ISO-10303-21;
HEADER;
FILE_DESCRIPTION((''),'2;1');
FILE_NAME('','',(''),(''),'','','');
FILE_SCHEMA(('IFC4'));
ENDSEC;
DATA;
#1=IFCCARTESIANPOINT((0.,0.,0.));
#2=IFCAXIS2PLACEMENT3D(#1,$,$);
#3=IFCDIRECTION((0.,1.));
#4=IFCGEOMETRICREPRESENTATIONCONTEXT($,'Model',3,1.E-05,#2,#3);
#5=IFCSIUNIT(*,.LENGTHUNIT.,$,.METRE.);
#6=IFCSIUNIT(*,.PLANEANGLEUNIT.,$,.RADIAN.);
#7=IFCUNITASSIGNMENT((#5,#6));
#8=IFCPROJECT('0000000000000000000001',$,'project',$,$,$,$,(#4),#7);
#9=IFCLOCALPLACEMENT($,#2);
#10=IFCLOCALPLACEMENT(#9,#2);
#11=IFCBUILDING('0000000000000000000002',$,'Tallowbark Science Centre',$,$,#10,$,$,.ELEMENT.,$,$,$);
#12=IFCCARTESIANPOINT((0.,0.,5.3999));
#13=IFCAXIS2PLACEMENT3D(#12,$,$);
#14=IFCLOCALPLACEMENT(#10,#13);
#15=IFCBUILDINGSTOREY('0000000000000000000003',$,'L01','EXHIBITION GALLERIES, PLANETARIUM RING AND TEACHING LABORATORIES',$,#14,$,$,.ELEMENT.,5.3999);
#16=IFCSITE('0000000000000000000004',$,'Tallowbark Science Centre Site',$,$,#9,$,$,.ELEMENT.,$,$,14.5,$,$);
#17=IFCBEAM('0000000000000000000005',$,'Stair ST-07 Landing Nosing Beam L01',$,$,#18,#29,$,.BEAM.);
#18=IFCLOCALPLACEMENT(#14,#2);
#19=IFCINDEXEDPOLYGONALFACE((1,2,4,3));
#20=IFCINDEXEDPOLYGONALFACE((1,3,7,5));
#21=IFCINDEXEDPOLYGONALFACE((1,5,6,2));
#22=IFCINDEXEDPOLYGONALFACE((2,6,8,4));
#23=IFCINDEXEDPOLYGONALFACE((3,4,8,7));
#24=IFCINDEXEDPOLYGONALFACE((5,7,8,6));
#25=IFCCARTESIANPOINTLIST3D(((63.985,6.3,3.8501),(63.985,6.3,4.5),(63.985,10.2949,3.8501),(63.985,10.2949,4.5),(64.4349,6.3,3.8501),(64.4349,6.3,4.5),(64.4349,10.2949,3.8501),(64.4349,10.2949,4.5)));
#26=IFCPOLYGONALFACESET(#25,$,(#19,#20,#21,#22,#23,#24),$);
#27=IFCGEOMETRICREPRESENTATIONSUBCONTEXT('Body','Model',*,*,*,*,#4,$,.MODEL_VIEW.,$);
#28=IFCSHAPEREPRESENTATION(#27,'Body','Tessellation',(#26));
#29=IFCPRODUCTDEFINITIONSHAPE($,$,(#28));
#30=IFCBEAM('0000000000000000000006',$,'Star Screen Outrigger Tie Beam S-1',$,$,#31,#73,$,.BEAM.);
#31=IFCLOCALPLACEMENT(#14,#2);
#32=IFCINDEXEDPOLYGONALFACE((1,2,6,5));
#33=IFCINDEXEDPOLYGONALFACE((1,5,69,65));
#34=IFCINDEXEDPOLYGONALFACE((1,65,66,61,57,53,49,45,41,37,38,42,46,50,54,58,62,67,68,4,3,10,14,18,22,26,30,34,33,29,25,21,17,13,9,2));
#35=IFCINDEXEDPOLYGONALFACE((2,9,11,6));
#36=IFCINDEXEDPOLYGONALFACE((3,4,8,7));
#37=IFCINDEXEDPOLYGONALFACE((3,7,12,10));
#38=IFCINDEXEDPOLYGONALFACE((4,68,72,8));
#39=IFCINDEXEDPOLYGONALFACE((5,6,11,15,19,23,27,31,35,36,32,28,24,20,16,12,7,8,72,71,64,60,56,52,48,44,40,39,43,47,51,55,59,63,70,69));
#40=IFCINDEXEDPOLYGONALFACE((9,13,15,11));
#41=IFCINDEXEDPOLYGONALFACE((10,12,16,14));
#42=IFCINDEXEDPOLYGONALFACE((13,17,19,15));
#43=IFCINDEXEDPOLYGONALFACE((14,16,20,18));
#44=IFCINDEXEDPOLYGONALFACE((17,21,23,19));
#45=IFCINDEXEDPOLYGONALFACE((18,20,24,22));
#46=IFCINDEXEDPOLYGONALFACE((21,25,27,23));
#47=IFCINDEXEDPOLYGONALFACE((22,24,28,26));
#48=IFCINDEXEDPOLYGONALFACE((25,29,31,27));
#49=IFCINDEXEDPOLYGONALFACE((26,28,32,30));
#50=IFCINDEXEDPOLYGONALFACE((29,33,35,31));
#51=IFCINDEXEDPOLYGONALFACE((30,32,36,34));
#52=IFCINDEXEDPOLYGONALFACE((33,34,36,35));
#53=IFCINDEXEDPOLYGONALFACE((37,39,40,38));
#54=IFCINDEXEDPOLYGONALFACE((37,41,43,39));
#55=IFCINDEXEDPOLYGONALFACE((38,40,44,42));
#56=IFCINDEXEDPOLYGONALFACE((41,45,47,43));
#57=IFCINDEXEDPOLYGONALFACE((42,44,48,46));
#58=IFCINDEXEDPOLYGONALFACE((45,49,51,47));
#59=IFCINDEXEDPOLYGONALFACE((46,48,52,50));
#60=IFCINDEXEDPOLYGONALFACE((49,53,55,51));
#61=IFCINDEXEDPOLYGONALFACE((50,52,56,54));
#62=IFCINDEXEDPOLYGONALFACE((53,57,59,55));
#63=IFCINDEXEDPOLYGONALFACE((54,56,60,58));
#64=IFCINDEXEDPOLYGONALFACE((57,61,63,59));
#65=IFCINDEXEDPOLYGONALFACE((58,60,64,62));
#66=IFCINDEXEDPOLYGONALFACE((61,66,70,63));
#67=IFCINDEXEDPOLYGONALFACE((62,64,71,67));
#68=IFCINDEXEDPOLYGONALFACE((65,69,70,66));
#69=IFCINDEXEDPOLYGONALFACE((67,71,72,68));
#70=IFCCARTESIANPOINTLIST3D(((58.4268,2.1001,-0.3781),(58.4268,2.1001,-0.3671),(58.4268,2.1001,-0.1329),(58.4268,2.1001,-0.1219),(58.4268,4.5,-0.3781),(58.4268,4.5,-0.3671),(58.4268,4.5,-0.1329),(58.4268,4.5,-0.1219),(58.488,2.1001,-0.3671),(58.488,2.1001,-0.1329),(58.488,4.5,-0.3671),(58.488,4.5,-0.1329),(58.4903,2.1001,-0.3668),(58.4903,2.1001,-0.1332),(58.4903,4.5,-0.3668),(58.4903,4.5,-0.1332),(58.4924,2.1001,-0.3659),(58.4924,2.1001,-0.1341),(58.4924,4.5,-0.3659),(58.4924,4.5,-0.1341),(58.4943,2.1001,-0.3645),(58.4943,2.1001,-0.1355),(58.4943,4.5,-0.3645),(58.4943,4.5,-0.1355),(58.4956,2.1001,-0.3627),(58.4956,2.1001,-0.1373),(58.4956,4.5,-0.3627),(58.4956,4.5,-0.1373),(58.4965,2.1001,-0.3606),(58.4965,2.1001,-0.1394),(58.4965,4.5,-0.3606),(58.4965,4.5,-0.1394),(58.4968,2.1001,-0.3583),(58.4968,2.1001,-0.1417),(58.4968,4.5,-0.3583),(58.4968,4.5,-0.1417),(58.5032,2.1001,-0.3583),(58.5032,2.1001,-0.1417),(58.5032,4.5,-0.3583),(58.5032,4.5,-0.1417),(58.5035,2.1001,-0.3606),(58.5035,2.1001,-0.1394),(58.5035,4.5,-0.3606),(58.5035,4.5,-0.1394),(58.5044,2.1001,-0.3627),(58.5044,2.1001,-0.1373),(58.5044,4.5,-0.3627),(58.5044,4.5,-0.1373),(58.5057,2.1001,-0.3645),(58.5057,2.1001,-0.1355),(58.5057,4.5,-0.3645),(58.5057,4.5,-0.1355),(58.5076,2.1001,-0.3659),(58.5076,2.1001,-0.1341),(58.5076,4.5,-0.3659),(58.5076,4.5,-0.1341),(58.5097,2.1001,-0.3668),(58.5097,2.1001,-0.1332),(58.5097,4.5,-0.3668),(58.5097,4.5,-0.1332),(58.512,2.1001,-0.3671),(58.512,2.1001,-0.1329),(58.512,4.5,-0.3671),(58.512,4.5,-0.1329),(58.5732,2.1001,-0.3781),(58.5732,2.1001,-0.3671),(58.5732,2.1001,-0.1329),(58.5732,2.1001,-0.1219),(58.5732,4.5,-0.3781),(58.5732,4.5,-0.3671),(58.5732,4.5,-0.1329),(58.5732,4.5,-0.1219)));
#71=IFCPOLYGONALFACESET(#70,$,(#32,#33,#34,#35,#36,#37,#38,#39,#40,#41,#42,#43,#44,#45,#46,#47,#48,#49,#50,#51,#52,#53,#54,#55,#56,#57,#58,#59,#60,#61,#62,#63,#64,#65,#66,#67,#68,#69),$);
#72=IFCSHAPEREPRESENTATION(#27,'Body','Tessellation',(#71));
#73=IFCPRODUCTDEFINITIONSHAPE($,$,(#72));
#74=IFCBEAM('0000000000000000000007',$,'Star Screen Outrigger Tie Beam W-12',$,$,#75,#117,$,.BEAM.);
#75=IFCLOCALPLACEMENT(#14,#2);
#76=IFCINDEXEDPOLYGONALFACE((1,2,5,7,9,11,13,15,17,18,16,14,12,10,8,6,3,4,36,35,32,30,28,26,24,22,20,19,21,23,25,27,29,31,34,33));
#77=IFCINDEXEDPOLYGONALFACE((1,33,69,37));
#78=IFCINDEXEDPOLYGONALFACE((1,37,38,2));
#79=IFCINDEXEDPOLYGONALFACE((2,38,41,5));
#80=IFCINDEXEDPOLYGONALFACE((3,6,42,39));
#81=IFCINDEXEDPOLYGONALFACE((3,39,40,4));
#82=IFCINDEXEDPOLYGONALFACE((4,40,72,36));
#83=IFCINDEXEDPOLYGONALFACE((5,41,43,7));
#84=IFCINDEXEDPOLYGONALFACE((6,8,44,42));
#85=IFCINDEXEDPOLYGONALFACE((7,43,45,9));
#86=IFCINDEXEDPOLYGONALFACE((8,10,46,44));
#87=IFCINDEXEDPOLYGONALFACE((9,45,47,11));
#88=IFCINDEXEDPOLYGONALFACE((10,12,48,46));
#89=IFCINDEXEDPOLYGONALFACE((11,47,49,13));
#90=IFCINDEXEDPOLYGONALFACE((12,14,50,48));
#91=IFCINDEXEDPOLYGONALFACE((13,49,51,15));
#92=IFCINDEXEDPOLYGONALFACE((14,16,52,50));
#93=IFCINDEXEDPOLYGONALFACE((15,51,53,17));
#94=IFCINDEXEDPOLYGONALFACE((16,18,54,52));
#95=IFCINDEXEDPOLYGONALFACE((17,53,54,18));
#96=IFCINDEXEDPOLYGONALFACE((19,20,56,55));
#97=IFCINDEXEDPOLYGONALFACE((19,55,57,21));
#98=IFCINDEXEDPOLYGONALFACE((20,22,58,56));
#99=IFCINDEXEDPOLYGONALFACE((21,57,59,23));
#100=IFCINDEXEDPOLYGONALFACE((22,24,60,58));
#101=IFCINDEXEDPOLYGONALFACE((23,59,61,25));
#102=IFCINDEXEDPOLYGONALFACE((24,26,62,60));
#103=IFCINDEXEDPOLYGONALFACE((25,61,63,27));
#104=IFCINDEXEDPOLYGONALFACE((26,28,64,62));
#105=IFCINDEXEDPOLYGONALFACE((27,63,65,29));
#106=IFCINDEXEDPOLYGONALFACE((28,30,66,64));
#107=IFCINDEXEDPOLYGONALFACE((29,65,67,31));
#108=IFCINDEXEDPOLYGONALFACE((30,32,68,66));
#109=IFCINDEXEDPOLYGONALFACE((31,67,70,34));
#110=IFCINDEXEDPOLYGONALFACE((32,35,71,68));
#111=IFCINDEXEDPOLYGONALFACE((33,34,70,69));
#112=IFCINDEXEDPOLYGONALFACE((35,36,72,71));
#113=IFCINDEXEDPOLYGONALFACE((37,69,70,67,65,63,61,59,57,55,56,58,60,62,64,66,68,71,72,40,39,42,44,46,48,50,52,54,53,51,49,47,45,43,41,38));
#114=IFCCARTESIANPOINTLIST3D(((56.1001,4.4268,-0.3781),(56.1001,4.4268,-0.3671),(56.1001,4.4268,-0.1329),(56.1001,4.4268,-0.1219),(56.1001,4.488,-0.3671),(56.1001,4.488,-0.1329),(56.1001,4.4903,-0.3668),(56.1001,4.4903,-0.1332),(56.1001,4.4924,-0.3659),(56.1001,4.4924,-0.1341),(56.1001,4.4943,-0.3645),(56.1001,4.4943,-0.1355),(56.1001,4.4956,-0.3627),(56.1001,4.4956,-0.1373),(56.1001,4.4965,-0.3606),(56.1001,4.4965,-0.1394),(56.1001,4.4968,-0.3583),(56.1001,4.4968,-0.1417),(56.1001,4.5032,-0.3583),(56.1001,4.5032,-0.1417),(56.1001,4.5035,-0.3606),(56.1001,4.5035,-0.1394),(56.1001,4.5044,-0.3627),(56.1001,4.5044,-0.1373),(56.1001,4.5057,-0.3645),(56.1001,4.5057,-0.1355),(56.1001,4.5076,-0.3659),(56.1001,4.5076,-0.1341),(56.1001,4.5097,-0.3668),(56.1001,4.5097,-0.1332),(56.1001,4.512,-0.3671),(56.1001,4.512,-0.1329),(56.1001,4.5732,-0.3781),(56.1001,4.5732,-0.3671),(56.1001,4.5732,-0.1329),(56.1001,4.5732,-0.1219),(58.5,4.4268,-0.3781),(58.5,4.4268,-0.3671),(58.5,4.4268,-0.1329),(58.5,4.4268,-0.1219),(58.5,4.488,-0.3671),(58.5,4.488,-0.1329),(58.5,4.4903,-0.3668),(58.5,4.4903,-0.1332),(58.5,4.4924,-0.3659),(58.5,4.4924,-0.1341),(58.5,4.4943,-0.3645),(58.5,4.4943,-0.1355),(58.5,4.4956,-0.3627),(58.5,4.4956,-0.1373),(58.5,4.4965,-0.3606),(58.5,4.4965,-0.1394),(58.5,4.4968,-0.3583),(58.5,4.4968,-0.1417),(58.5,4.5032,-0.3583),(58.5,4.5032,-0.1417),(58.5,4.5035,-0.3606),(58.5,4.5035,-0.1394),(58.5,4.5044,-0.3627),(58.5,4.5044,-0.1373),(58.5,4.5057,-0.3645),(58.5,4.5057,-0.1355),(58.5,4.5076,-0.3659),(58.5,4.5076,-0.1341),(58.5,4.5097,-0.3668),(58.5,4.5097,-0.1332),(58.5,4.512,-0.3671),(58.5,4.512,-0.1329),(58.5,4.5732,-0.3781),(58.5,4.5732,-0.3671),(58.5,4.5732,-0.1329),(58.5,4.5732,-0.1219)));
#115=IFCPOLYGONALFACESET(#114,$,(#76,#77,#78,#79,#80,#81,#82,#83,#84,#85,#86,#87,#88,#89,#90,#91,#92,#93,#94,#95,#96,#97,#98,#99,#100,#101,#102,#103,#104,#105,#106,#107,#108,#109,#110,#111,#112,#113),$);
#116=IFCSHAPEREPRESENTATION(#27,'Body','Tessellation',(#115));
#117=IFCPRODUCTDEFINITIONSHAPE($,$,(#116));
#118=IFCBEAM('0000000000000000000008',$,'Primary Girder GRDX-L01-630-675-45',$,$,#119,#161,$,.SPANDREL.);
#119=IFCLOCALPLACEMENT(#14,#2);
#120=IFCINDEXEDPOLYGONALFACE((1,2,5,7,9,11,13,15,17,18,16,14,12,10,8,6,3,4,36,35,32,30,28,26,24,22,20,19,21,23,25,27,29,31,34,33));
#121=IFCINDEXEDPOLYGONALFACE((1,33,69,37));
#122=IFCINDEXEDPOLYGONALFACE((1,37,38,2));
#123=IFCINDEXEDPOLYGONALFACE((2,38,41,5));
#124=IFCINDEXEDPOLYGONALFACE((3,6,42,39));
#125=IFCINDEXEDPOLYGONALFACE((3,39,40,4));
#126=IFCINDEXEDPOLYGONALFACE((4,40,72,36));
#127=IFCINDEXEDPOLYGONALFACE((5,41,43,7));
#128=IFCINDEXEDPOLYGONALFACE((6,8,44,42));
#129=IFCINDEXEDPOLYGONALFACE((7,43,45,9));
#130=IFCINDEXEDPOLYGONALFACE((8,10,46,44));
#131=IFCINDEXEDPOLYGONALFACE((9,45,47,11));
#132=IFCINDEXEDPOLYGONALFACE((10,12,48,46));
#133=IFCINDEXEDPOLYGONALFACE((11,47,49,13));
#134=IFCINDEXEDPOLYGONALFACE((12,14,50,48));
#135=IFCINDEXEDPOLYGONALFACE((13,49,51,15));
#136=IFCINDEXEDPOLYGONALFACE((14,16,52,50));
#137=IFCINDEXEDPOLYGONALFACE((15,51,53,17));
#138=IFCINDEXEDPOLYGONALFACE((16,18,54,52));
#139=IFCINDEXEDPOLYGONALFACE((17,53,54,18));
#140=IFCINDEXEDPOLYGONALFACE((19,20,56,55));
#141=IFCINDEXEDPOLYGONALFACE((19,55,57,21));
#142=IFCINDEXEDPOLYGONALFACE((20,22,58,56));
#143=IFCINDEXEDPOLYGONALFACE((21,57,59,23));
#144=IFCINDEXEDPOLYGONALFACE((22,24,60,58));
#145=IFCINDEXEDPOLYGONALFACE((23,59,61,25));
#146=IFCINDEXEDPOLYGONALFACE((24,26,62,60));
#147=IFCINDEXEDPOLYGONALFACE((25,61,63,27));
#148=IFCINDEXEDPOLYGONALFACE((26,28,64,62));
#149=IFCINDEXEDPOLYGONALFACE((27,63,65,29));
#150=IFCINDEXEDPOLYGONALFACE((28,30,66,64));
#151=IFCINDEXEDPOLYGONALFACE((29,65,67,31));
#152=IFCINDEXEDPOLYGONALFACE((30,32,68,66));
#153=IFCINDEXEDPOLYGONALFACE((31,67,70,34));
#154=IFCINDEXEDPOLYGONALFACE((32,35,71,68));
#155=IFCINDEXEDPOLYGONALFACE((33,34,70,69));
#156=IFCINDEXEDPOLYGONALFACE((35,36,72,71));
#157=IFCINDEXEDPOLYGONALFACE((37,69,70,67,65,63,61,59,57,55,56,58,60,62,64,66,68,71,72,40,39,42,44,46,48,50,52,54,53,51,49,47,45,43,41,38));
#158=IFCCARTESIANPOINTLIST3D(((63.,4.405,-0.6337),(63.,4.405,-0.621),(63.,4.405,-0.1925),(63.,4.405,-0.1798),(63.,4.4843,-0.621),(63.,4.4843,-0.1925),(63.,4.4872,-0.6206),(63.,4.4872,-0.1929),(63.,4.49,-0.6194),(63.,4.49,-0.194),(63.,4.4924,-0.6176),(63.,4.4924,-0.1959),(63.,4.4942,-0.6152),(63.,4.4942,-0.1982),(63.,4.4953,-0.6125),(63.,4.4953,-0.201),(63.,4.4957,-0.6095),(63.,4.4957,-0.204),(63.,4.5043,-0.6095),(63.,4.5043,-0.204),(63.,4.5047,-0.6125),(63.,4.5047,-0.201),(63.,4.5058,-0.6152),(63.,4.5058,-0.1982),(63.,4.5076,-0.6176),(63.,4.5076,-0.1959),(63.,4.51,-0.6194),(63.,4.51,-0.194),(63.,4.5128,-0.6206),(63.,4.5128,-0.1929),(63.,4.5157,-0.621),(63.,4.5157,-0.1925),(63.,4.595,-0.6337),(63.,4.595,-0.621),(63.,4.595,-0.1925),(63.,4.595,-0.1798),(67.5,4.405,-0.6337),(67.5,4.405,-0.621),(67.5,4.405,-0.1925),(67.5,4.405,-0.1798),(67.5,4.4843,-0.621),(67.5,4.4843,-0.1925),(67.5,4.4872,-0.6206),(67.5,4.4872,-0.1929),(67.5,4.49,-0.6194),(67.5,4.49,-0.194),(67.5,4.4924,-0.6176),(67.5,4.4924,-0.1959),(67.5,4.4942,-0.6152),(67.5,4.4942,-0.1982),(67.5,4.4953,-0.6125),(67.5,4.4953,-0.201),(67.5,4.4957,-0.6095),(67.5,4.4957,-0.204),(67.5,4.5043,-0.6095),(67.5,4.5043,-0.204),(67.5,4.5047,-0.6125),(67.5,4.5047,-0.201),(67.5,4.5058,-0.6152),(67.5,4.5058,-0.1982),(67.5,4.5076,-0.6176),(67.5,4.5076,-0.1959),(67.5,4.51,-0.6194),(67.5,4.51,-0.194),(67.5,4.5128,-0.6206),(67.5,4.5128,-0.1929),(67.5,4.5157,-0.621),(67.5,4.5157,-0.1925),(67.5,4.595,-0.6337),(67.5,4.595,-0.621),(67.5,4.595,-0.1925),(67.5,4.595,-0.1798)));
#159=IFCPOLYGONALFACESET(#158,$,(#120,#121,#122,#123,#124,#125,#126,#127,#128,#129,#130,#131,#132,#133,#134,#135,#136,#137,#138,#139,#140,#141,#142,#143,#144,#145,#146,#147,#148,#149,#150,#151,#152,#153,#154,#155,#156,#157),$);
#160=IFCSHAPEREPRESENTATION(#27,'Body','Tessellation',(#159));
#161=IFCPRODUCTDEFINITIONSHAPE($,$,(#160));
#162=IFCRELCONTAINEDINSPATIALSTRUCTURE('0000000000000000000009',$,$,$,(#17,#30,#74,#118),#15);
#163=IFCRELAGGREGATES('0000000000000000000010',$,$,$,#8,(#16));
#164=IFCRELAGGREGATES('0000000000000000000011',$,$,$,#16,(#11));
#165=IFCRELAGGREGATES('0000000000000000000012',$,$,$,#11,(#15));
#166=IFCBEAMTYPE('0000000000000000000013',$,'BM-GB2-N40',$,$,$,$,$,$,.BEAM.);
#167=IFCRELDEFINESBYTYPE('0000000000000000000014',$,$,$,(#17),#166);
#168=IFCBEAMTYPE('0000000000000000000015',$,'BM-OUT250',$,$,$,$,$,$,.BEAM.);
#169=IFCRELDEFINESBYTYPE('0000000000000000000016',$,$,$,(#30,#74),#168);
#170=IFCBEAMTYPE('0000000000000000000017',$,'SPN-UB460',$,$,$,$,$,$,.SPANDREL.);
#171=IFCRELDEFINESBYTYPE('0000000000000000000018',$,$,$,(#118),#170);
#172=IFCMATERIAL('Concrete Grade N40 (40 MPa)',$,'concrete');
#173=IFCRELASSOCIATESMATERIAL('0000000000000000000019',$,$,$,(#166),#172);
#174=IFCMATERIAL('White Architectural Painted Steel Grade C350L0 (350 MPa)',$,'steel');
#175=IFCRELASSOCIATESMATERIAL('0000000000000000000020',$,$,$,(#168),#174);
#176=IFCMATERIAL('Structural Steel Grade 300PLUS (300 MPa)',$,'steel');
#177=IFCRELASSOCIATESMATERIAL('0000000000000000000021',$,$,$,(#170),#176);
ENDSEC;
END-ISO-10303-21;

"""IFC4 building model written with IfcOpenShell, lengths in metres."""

from ifc_helpers import new_model, si_unit, direction, frame, origin, origin_2d, place, context, subcontext, project, spatial, rectangle, i_section, extrude, material, material_profile, profile_set, type_object, element, save


model = new_model("IFC4")

# Units and contexts
model_context = context("Model", 3, precision=1e-05, world=origin(), true_north=direction((0.0, 1.0)))
body_context = subcontext(model_context, "Body", "Model", "MODEL_VIEW")
ifc_project = project(units=[si_unit("LENGTHUNIT", "METRE"), si_unit("PLANEANGLEUNIT", "RADIAN")], contexts=[model_context])

# Site, building, storey
site_placement = place(None, origin())
site = spatial("IfcSite", under=ifc_project, at=site_placement, Name="Tallowbark Science Centre Site", CompositionType="ELEMENT", RefElevation=14.5)
building_placement = place(site_placement, origin())
building = spatial("IfcBuilding", under=site, at=building_placement, Name="Tallowbark Science Centre", CompositionType="ELEMENT")
storey_placement = place(building_placement, frame((0.0, 0.0, 5.3999)))
storey = spatial("IfcBuildingStorey", under=building, at=storey_placement, Name="L01", Description="EXHIBITION GALLERIES, PLANETARIUM RING AND TEACHING LABORATORIES", CompositionType="ELEMENT", Elevation=5.3999)

# Shared definitions
ifc_material_1 = material(Name="Structural Steel Grade 300PLUS (300 MPa)", Category="steel")

# Beams
ifc_material_2 = material(Name="Concrete Grade N40 (40 MPa)", Category="concrete")
ifc_material_profile_1 = material_profile(ifc_material_2, rectangle(XDim=0.45, YDim=0.6499, at=origin_2d()), Name="RC450x650")
ifc_profile_set_1 = profile_set([ifc_material_profile_1], Name="Concrete Grade N40 (40 MPa)")
beam_type_1 = type_object("IfcBeamType", Name="BM-GB2-N40", PredefinedType="BEAM", material=ifc_profile_set_1)
beam_placement = place(storey_placement, frame((64.21, 6.3, 4.175), z_axis=(0.0, 1.0, 0.0), x_axis=(-1.0, 0.0, 0.0)))
element("IfcBeam", 1, at=beam_placement, inside=storey, type_object=beam_type_1, Name="Stair ST-07 Landing Nosing Beam L01", PredefinedType="BEAM", context=body_context, shape_type="SweptSolid", body=[
    extrude(rectangle(XDim=0.45, YDim=0.6499, at=origin_2d()), origin(), (0.0, 0.0, 1.0), 3.9949),
])
ifc_material_3 = material(Name="White Architectural Painted Steel Grade C350L0 (350 MPa)", Category="steel")
ifc_material_profile_2 = material_profile(ifc_material_3, i_section(OverallWidth=0.1465, OverallDepth=0.2561, WebThickness=0.0063, FlangeThickness=0.011, FilletRadius=0.0088, at=origin_2d()), Name="250UB37.3")
ifc_profile_set_2 = profile_set([ifc_material_profile_2], Name="White Architectural Painted Steel Grade C350L0 (350 MPa)")
beam_type_2 = type_object("IfcBeamType", Name="BM-OUT250", PredefinedType="BEAM", material=ifc_profile_set_2)
for number, where, z_axis, x_axis, name in (
    (2, (58.5, 4.5, -0.25), (0.0, -1.0, 0.0), (1.0, 0.0, 0.0), "Star Screen Outrigger Tie Beam S-1"),
    (3, (58.5, 4.5, -0.25), (-1.0, 0.0, 0.0), (0.0, -1.0, 0.0), "Star Screen Outrigger Tie Beam W-12"),
):
    element("IfcBeam", number, at=place(storey_placement, frame(where, z_axis=z_axis, x_axis=x_axis)), inside=storey, type_object=beam_type_2, Name=name, PredefinedType="BEAM", context=body_context, shape_type="SweptSolid", body=[
        extrude(i_section(OverallWidth=0.1465, OverallDepth=0.2561, WebThickness=0.0063, FlangeThickness=0.011, FilletRadius=0.0088, at=origin_2d()), origin(), (0.0, 0.0, 1.0), 2.3999),
    ])
ifc_material_profile_3 = material_profile(ifc_material_1, i_section(OverallWidth=0.1899, OverallDepth=0.4539, WebThickness=0.0085, FlangeThickness=0.0127, FilletRadius=0.0115, at=origin_2d()), Name="460UB67.1")
ifc_profile_set_3 = profile_set([ifc_material_profile_3], Name="Structural Steel Grade 300PLUS (300 MPa)")
beam_type_3 = type_object("IfcBeamType", Name="SPN-UB460", PredefinedType="SPANDREL", material=ifc_profile_set_3)
for number, where, z_axis, x_axis, name in (
    (4, (63.0, 4.5, -0.4067), (1.0, 0.0, 0.0), (0.0, 1.0, 0.0), "Primary Girder GRDX-L01-630-675-45"),
):
    element("IfcBeam", number, at=place(storey_placement, frame(where, z_axis=z_axis, x_axis=x_axis)), inside=storey, type_object=beam_type_3, Name=name, PredefinedType="SPANDREL", context=body_context, shape_type="SweptSolid", body=[
        extrude(i_section(OverallWidth=0.1899, OverallDepth=0.4539, WebThickness=0.0085, FlangeThickness=0.0127, FilletRadius=0.0115, at=origin_2d()), origin(), (0.0, 0.0, 1.0), 4.5),
    ])

save(model, "model.ifc")
